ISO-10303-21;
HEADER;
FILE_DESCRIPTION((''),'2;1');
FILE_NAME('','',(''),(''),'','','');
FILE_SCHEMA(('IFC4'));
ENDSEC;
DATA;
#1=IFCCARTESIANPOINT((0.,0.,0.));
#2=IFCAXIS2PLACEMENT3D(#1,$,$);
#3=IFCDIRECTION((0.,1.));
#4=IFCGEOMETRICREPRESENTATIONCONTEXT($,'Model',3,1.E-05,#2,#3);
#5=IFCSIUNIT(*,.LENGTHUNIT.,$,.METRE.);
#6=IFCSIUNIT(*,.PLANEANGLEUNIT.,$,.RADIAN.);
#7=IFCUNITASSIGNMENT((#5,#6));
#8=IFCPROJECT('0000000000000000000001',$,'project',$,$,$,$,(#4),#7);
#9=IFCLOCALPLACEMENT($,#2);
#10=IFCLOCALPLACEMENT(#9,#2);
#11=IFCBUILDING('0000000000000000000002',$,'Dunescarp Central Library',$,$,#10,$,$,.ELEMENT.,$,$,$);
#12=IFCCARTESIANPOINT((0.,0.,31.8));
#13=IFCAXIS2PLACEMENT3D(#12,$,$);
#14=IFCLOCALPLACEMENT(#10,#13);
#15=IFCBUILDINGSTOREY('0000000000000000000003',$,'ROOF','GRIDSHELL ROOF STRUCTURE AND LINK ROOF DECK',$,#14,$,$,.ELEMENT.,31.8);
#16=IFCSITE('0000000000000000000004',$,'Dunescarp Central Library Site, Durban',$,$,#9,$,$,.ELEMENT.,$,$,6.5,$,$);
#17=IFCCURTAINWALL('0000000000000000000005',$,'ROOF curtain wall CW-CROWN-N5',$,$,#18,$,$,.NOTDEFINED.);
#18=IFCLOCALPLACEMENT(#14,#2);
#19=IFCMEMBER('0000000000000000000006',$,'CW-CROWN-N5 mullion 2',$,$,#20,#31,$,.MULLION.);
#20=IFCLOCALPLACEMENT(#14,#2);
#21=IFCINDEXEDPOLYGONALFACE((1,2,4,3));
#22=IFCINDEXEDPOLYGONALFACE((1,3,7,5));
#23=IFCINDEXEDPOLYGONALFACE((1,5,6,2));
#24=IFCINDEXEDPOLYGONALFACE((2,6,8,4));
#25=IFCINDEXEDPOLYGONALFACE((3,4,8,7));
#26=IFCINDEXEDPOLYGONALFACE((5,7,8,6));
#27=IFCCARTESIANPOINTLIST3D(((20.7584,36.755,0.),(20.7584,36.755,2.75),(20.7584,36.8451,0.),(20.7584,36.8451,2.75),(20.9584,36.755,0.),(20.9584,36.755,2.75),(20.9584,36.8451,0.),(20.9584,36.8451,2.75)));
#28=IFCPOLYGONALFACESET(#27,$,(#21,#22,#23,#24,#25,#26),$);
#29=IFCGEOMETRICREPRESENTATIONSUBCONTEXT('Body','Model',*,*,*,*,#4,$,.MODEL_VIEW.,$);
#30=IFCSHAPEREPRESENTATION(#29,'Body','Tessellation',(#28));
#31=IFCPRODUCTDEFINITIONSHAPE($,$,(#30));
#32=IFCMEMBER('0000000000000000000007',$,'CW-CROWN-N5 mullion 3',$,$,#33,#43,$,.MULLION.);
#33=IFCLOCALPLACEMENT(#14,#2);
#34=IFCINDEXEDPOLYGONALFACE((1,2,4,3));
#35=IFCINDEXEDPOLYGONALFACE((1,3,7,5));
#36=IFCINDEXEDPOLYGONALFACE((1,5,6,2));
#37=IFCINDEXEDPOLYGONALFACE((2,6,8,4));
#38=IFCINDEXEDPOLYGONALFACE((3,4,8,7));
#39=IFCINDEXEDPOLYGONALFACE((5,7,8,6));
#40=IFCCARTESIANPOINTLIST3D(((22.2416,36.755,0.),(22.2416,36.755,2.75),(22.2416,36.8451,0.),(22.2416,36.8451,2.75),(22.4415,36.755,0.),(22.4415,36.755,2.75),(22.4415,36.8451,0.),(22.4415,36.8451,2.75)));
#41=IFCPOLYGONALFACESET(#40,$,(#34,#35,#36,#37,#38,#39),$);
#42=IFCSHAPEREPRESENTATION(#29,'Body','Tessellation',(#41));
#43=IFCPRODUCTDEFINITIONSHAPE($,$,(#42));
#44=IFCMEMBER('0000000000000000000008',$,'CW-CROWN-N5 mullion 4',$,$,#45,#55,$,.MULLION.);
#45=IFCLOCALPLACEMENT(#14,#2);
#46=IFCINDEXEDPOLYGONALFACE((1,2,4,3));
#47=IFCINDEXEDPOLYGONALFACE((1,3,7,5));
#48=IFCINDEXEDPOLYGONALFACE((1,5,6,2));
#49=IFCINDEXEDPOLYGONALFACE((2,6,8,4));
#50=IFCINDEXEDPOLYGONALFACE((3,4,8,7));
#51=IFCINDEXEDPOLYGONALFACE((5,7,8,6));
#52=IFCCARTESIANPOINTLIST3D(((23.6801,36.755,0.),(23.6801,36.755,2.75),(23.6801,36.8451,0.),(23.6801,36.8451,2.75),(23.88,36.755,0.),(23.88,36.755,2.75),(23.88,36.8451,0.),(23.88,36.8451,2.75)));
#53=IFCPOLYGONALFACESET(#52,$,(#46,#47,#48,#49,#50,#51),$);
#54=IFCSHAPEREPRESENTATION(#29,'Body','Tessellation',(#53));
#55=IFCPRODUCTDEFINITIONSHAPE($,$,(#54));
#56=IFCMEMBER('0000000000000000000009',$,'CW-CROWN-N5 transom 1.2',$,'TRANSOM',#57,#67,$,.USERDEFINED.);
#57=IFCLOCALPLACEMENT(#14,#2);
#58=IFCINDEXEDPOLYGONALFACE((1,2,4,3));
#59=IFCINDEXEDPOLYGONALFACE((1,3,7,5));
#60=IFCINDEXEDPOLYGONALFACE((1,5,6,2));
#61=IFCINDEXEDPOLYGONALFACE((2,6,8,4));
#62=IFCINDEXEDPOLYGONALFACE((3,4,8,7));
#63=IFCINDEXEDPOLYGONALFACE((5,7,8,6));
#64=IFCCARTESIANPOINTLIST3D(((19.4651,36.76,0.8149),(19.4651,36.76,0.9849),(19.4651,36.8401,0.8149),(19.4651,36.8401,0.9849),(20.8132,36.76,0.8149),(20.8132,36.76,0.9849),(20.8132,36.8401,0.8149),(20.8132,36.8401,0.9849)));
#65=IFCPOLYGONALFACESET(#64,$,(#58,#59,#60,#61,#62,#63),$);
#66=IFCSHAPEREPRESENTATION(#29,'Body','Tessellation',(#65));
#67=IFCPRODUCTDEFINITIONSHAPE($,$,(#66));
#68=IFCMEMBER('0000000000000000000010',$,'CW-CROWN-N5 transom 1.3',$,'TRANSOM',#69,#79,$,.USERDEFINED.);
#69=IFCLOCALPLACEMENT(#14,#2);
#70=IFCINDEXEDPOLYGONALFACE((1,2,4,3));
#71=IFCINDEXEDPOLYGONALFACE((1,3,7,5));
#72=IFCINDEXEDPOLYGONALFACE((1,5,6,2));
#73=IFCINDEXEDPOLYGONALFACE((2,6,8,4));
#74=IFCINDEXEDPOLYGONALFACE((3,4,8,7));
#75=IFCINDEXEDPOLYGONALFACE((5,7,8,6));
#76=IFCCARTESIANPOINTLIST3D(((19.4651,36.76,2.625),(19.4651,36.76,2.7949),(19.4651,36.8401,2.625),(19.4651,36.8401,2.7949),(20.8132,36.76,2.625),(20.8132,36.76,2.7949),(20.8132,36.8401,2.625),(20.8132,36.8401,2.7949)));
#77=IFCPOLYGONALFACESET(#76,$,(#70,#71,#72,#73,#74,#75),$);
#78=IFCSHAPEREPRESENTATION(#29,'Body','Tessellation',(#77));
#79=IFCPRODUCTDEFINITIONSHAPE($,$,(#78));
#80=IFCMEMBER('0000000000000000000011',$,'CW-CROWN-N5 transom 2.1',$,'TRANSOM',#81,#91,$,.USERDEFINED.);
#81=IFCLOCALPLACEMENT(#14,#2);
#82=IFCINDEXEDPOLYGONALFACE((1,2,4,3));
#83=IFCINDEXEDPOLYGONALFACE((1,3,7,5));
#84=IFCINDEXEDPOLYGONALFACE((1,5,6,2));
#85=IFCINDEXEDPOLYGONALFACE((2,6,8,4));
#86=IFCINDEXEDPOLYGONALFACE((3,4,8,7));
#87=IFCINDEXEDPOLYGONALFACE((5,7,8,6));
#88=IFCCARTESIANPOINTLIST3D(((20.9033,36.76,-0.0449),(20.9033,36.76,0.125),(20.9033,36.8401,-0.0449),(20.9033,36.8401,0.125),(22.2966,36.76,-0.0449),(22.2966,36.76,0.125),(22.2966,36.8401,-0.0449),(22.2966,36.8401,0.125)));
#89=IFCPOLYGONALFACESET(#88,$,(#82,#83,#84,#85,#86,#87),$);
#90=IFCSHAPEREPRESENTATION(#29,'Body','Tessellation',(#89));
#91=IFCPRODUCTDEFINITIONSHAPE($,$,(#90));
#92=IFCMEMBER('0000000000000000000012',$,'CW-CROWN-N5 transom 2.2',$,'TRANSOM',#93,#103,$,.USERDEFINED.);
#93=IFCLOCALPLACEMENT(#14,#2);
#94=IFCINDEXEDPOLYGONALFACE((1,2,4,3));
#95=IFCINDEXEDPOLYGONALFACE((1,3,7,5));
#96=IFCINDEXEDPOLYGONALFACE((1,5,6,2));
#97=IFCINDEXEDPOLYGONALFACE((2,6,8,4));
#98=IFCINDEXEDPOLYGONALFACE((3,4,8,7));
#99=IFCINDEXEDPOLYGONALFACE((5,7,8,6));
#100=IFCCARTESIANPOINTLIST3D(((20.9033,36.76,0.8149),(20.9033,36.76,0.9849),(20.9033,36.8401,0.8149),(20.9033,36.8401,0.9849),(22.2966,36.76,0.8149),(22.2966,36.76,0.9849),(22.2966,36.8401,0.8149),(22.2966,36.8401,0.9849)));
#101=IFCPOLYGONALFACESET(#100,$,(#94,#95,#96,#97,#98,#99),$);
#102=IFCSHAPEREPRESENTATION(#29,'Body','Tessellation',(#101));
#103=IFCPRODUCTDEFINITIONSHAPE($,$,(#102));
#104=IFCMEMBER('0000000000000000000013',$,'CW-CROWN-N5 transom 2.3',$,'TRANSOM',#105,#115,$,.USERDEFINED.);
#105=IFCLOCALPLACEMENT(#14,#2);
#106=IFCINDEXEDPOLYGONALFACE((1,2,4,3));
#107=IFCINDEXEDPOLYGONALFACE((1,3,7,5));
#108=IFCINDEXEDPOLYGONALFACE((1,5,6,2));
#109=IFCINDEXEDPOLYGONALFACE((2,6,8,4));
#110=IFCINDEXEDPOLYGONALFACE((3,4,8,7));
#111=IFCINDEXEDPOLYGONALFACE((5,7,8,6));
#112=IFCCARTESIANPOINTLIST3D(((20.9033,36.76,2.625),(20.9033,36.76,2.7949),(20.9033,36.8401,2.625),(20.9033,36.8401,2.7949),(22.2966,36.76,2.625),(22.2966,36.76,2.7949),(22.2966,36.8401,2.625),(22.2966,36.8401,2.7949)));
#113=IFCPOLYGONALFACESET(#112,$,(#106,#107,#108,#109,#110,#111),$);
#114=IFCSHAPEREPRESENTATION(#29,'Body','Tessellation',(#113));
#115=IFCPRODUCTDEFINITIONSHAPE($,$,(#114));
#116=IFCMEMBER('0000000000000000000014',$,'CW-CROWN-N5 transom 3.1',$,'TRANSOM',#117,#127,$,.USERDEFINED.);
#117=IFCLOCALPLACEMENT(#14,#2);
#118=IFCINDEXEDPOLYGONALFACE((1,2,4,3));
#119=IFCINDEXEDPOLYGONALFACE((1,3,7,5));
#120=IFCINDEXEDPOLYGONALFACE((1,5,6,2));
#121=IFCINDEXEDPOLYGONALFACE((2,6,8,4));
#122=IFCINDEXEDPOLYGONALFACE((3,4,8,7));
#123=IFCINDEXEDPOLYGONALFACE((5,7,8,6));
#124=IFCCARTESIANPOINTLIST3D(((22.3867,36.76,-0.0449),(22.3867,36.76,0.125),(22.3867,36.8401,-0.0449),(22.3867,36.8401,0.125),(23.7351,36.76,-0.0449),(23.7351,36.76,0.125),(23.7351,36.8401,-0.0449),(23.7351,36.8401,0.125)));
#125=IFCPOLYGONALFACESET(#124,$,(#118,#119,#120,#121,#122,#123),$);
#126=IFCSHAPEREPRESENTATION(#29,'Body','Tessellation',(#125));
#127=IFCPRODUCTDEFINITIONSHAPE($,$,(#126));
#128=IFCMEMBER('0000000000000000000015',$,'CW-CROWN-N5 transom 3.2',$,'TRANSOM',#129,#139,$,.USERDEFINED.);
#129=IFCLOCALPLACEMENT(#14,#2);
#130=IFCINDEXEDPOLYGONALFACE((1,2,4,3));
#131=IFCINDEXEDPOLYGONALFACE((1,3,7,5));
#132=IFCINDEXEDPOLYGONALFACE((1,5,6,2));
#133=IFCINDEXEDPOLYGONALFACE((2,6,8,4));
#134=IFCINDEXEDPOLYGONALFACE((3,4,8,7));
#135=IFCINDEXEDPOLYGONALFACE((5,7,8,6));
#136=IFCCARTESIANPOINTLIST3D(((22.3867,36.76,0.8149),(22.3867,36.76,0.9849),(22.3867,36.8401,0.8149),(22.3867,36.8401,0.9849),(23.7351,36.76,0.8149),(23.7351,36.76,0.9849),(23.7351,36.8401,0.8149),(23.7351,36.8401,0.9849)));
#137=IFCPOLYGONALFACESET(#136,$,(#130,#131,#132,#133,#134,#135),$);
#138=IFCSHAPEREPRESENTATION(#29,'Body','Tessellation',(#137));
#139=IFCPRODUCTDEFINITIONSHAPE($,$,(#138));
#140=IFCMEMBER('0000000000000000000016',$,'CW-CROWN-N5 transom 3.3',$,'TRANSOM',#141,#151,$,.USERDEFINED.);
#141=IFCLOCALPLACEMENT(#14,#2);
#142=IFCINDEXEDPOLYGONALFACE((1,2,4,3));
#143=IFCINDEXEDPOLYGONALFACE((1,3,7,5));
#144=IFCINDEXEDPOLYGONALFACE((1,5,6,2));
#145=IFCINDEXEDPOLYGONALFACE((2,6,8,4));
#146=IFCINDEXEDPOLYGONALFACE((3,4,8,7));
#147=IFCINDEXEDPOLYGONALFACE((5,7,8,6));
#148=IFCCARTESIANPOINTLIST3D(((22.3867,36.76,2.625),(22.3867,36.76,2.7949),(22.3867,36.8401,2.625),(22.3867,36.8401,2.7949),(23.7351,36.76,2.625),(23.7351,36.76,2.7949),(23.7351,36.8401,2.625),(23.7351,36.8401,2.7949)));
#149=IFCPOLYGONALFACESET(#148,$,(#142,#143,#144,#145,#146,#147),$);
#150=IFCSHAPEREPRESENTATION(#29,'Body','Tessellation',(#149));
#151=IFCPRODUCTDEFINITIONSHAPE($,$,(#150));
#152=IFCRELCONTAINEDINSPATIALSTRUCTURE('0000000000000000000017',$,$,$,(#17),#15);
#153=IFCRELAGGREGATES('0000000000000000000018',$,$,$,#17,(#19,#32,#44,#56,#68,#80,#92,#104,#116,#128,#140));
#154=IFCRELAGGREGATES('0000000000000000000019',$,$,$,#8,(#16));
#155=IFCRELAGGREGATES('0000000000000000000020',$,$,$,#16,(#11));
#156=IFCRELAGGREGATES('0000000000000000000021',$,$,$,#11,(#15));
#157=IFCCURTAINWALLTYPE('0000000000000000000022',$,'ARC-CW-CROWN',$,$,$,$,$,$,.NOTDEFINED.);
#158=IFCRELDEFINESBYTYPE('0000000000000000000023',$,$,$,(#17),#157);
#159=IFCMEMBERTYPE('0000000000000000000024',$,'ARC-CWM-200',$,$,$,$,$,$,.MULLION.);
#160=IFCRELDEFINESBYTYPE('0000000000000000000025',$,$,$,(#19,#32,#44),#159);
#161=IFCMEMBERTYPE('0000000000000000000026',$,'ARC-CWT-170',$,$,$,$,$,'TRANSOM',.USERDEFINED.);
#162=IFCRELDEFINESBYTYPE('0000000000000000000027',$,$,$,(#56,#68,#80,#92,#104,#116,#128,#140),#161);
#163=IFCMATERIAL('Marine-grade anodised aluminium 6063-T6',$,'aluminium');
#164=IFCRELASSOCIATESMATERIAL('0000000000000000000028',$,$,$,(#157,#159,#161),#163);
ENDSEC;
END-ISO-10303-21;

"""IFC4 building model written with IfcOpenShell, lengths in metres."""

from ifc_helpers import new_model, si_unit, direction, frame, origin, origin_2d, place, context, subcontext, project, spatial, rectangle, extrude, material, material_profile, profile_set, type_object, element, aggregate, save


model = new_model("IFC4")

# Units and contexts
model_context = context("Model", 3, precision=1e-05, world=origin(), true_north=direction((0.0, 1.0)))
body_context = subcontext(model_context, "Body", "Model", "MODEL_VIEW")
ifc_project = project(units=[si_unit("LENGTHUNIT", "METRE"), si_unit("PLANEANGLEUNIT", "RADIAN")], contexts=[model_context])

# Site, building, storey
site_placement = place(None, origin())
site = spatial("IfcSite", under=ifc_project, at=site_placement, Name="Dunescarp Central Library Site, Durban", CompositionType="ELEMENT", RefElevation=6.5)
building_placement = place(site_placement, origin())
building = spatial("IfcBuilding", under=site, at=building_placement, Name="Dunescarp Central Library", CompositionType="ELEMENT")
storey_placement = place(building_placement, frame((0.0, 0.0, 31.8)))
storey = spatial("IfcBuildingStorey", under=building, at=storey_placement, Name="ROOF", Description="GRIDSHELL ROOF STRUCTURE AND LINK ROOF DECK", CompositionType="ELEMENT", Elevation=31.8)

# Curtain wall, members
ifc_material_1 = material(Name="Marine-grade anodised aluminium 6063-T6", Category="aluminium")
curtain_wall_type = type_object("IfcCurtainWallType", Name="ARC-CW-CROWN", PredefinedType="NOTDEFINED", material=ifc_material_1)
curtain_wall_placement = place(storey_placement, origin())
curtain_wall = element("IfcCurtainWall", 1, at=curtain_wall_placement, inside=storey, type_object=curtain_wall_type, Name="ROOF curtain wall CW-CROWN-N5", PredefinedType="NOTDEFINED")
ifc_material_profile_1 = material_profile(ifc_material_1, rectangle(XDim=0.0901, YDim=0.2, at=origin_2d()), Name="AL 90x200")
ifc_profile_set_1 = profile_set([ifc_material_profile_1], Name="Marine-grade anodised aluminium 6063-T6")
member_type_1 = type_object("IfcMemberType", Name="ARC-CWM-200", PredefinedType="MULLION", material=ifc_profile_set_1)
member_1_placement = place(storey_placement, frame((20.8584, 36.8, 0.0), z_axis=(0.0, 0.0, 1.0), x_axis=(0.0, 1.0, 0.0)))
member_1 = element("IfcMember", 2, at=member_1_placement, type_object=member_type_1, Name="CW-CROWN-N5 mullion 2", PredefinedType="MULLION", context=body_context, shape_type="SweptSolid", body=[
    extrude(rectangle(XDim=0.0901, YDim=0.2, at=origin_2d()), origin(), (0.0, 0.0, 1.0), 2.75),
])
member_2_placement = place(storey_placement, frame((22.3416, 36.8, 0.0), z_axis=(0.0, 0.0, 1.0), x_axis=(0.0, 1.0, 0.0)))
member_2 = element("IfcMember", 3, at=member_2_placement, type_object=member_type_1, Name="CW-CROWN-N5 mullion 3", PredefinedType="MULLION", context=body_context, shape_type="SweptSolid", body=[
    extrude(rectangle(XDim=0.0901, YDim=0.2, at=origin_2d()), origin(), (0.0, 0.0, 1.0), 2.75),
])
member_3_placement = place(storey_placement, frame((23.78, 36.8, 0.0), z_axis=(0.0, 0.0, 1.0), x_axis=(0.0, 1.0, 0.0)))
member_3 = element("IfcMember", 4, at=member_3_placement, type_object=member_type_1, Name="CW-CROWN-N5 mullion 4", PredefinedType="MULLION", context=body_context, shape_type="SweptSolid", body=[
    extrude(rectangle(XDim=0.0901, YDim=0.2, at=origin_2d()), origin(), (0.0, 0.0, 1.0), 2.75),
])
ifc_material_profile_2 = material_profile(ifc_material_1, rectangle(XDim=0.0801, YDim=0.1699, at=origin_2d()), Name="AL 80x170")
ifc_profile_set_2 = profile_set([ifc_material_profile_2], Name="Marine-grade anodised aluminium 6063-T6")
member_type_2 = type_object("IfcMemberType", Name="ARC-CWT-170", ElementType="TRANSOM", PredefinedType="USERDEFINED", material=ifc_profile_set_2)
member_4_placement = place(storey_placement, frame((19.4651, 36.8, 0.8999), z_axis=(1.0, 0.0, 0.0), x_axis=(0.0, 1.0, 0.0)))
member_4 = element("IfcMember", 5, at=member_4_placement, type_object=member_type_2, Name="CW-CROWN-N5 transom 1.2", ObjectType="TRANSOM", PredefinedType="USERDEFINED", context=body_context, shape_type="SweptSolid", body=[
    extrude(rectangle(XDim=0.0801, YDim=0.1699, at=origin_2d()), origin(), (0.0, 0.0, 1.0), 1.3481),
])
member_5_placement = place(storey_placement, frame((19.4651, 36.8, 2.71), z_axis=(1.0, 0.0, 0.0), x_axis=(0.0, 1.0, 0.0)))
member_5 = element("IfcMember", 6, at=member_5_placement, type_object=member_type_2, Name="CW-CROWN-N5 transom 1.3", ObjectType="TRANSOM", PredefinedType="USERDEFINED", context=body_context, shape_type="SweptSolid", body=[
    extrude(rectangle(XDim=0.0801, YDim=0.1699, at=origin_2d()), origin(), (0.0, 0.0, 1.0), 1.3481),
])
member_6_placement = place(storey_placement, frame((20.9033, 36.8, 0.04), z_axis=(1.0, 0.0, 0.0), x_axis=(0.0, 1.0, 0.0)))
member_6 = element("IfcMember", 7, at=member_6_placement, type_object=member_type_2, Name="CW-CROWN-N5 transom 2.1", ObjectType="TRANSOM", PredefinedType="USERDEFINED", context=body_context, shape_type="SweptSolid", body=[
    extrude(rectangle(XDim=0.0801, YDim=0.1699, at=origin_2d()), origin(), (0.0, 0.0, 1.0), 1.3933),
])
member_7_placement = place(storey_placement, frame((20.9033, 36.8, 0.8999), z_axis=(1.0, 0.0, 0.0), x_axis=(0.0, 1.0, 0.0)))
member_7 = element("IfcMember", 8, at=member_7_placement, type_object=member_type_2, Name="CW-CROWN-N5 transom 2.2", ObjectType="TRANSOM", PredefinedType="USERDEFINED", context=body_context, shape_type="SweptSolid", body=[
    extrude(rectangle(XDim=0.0801, YDim=0.1699, at=origin_2d()), origin(), (0.0, 0.0, 1.0), 1.3933),
])
member_8_placement = place(storey_placement, frame((20.9033, 36.8, 2.71), z_axis=(1.0, 0.0, 0.0), x_axis=(0.0, 1.0, 0.0)))
member_8 = element("IfcMember", 9, at=member_8_placement, type_object=member_type_2, Name="CW-CROWN-N5 transom 2.3", ObjectType="TRANSOM", PredefinedType="USERDEFINED", context=body_context, shape_type="SweptSolid", body=[
    extrude(rectangle(XDim=0.0801, YDim=0.1699, at=origin_2d()), origin(), (0.0, 0.0, 1.0), 1.3933),
])
member_9_placement = place(storey_placement, frame((22.3867, 36.8, 0.04), z_axis=(1.0, 0.0, 0.0), x_axis=(0.0, 1.0, 0.0)))
member_9 = element("IfcMember", 10, at=member_9_placement, type_object=member_type_2, Name="CW-CROWN-N5 transom 3.1", ObjectType="TRANSOM", PredefinedType="USERDEFINED", context=body_context, shape_type="SweptSolid", body=[
    extrude(rectangle(XDim=0.0801, YDim=0.1699, at=origin_2d()), origin(), (0.0, 0.0, 1.0), 1.3484),
])
member_10_placement = place(storey_placement, frame((22.3867, 36.8, 0.8999), z_axis=(1.0, 0.0, 0.0), x_axis=(0.0, 1.0, 0.0)))
member_10 = element("IfcMember", 11, at=member_10_placement, type_object=member_type_2, Name="CW-CROWN-N5 transom 3.2", ObjectType="TRANSOM", PredefinedType="USERDEFINED", context=body_context, shape_type="SweptSolid", body=[
    extrude(rectangle(XDim=0.0801, YDim=0.1699, at=origin_2d()), origin(), (0.0, 0.0, 1.0), 1.3484),
])
member_11_placement = place(storey_placement, frame((22.3867, 36.8, 2.71), z_axis=(1.0, 0.0, 0.0), x_axis=(0.0, 1.0, 0.0)))
member_11 = element("IfcMember", 12, at=member_11_placement, type_object=member_type_2, Name="CW-CROWN-N5 transom 3.3", ObjectType="TRANSOM", PredefinedType="USERDEFINED", context=body_context, shape_type="SweptSolid", body=[
    extrude(rectangle(XDim=0.0801, YDim=0.1699, at=origin_2d()), origin(), (0.0, 0.0, 1.0), 1.3484),
])

aggregate(curtain_wall, [member_1, member_2, member_3, member_4, member_5, member_6, member_7, member_8, member_9, member_10, member_11])

save(model, "model.ifc")
